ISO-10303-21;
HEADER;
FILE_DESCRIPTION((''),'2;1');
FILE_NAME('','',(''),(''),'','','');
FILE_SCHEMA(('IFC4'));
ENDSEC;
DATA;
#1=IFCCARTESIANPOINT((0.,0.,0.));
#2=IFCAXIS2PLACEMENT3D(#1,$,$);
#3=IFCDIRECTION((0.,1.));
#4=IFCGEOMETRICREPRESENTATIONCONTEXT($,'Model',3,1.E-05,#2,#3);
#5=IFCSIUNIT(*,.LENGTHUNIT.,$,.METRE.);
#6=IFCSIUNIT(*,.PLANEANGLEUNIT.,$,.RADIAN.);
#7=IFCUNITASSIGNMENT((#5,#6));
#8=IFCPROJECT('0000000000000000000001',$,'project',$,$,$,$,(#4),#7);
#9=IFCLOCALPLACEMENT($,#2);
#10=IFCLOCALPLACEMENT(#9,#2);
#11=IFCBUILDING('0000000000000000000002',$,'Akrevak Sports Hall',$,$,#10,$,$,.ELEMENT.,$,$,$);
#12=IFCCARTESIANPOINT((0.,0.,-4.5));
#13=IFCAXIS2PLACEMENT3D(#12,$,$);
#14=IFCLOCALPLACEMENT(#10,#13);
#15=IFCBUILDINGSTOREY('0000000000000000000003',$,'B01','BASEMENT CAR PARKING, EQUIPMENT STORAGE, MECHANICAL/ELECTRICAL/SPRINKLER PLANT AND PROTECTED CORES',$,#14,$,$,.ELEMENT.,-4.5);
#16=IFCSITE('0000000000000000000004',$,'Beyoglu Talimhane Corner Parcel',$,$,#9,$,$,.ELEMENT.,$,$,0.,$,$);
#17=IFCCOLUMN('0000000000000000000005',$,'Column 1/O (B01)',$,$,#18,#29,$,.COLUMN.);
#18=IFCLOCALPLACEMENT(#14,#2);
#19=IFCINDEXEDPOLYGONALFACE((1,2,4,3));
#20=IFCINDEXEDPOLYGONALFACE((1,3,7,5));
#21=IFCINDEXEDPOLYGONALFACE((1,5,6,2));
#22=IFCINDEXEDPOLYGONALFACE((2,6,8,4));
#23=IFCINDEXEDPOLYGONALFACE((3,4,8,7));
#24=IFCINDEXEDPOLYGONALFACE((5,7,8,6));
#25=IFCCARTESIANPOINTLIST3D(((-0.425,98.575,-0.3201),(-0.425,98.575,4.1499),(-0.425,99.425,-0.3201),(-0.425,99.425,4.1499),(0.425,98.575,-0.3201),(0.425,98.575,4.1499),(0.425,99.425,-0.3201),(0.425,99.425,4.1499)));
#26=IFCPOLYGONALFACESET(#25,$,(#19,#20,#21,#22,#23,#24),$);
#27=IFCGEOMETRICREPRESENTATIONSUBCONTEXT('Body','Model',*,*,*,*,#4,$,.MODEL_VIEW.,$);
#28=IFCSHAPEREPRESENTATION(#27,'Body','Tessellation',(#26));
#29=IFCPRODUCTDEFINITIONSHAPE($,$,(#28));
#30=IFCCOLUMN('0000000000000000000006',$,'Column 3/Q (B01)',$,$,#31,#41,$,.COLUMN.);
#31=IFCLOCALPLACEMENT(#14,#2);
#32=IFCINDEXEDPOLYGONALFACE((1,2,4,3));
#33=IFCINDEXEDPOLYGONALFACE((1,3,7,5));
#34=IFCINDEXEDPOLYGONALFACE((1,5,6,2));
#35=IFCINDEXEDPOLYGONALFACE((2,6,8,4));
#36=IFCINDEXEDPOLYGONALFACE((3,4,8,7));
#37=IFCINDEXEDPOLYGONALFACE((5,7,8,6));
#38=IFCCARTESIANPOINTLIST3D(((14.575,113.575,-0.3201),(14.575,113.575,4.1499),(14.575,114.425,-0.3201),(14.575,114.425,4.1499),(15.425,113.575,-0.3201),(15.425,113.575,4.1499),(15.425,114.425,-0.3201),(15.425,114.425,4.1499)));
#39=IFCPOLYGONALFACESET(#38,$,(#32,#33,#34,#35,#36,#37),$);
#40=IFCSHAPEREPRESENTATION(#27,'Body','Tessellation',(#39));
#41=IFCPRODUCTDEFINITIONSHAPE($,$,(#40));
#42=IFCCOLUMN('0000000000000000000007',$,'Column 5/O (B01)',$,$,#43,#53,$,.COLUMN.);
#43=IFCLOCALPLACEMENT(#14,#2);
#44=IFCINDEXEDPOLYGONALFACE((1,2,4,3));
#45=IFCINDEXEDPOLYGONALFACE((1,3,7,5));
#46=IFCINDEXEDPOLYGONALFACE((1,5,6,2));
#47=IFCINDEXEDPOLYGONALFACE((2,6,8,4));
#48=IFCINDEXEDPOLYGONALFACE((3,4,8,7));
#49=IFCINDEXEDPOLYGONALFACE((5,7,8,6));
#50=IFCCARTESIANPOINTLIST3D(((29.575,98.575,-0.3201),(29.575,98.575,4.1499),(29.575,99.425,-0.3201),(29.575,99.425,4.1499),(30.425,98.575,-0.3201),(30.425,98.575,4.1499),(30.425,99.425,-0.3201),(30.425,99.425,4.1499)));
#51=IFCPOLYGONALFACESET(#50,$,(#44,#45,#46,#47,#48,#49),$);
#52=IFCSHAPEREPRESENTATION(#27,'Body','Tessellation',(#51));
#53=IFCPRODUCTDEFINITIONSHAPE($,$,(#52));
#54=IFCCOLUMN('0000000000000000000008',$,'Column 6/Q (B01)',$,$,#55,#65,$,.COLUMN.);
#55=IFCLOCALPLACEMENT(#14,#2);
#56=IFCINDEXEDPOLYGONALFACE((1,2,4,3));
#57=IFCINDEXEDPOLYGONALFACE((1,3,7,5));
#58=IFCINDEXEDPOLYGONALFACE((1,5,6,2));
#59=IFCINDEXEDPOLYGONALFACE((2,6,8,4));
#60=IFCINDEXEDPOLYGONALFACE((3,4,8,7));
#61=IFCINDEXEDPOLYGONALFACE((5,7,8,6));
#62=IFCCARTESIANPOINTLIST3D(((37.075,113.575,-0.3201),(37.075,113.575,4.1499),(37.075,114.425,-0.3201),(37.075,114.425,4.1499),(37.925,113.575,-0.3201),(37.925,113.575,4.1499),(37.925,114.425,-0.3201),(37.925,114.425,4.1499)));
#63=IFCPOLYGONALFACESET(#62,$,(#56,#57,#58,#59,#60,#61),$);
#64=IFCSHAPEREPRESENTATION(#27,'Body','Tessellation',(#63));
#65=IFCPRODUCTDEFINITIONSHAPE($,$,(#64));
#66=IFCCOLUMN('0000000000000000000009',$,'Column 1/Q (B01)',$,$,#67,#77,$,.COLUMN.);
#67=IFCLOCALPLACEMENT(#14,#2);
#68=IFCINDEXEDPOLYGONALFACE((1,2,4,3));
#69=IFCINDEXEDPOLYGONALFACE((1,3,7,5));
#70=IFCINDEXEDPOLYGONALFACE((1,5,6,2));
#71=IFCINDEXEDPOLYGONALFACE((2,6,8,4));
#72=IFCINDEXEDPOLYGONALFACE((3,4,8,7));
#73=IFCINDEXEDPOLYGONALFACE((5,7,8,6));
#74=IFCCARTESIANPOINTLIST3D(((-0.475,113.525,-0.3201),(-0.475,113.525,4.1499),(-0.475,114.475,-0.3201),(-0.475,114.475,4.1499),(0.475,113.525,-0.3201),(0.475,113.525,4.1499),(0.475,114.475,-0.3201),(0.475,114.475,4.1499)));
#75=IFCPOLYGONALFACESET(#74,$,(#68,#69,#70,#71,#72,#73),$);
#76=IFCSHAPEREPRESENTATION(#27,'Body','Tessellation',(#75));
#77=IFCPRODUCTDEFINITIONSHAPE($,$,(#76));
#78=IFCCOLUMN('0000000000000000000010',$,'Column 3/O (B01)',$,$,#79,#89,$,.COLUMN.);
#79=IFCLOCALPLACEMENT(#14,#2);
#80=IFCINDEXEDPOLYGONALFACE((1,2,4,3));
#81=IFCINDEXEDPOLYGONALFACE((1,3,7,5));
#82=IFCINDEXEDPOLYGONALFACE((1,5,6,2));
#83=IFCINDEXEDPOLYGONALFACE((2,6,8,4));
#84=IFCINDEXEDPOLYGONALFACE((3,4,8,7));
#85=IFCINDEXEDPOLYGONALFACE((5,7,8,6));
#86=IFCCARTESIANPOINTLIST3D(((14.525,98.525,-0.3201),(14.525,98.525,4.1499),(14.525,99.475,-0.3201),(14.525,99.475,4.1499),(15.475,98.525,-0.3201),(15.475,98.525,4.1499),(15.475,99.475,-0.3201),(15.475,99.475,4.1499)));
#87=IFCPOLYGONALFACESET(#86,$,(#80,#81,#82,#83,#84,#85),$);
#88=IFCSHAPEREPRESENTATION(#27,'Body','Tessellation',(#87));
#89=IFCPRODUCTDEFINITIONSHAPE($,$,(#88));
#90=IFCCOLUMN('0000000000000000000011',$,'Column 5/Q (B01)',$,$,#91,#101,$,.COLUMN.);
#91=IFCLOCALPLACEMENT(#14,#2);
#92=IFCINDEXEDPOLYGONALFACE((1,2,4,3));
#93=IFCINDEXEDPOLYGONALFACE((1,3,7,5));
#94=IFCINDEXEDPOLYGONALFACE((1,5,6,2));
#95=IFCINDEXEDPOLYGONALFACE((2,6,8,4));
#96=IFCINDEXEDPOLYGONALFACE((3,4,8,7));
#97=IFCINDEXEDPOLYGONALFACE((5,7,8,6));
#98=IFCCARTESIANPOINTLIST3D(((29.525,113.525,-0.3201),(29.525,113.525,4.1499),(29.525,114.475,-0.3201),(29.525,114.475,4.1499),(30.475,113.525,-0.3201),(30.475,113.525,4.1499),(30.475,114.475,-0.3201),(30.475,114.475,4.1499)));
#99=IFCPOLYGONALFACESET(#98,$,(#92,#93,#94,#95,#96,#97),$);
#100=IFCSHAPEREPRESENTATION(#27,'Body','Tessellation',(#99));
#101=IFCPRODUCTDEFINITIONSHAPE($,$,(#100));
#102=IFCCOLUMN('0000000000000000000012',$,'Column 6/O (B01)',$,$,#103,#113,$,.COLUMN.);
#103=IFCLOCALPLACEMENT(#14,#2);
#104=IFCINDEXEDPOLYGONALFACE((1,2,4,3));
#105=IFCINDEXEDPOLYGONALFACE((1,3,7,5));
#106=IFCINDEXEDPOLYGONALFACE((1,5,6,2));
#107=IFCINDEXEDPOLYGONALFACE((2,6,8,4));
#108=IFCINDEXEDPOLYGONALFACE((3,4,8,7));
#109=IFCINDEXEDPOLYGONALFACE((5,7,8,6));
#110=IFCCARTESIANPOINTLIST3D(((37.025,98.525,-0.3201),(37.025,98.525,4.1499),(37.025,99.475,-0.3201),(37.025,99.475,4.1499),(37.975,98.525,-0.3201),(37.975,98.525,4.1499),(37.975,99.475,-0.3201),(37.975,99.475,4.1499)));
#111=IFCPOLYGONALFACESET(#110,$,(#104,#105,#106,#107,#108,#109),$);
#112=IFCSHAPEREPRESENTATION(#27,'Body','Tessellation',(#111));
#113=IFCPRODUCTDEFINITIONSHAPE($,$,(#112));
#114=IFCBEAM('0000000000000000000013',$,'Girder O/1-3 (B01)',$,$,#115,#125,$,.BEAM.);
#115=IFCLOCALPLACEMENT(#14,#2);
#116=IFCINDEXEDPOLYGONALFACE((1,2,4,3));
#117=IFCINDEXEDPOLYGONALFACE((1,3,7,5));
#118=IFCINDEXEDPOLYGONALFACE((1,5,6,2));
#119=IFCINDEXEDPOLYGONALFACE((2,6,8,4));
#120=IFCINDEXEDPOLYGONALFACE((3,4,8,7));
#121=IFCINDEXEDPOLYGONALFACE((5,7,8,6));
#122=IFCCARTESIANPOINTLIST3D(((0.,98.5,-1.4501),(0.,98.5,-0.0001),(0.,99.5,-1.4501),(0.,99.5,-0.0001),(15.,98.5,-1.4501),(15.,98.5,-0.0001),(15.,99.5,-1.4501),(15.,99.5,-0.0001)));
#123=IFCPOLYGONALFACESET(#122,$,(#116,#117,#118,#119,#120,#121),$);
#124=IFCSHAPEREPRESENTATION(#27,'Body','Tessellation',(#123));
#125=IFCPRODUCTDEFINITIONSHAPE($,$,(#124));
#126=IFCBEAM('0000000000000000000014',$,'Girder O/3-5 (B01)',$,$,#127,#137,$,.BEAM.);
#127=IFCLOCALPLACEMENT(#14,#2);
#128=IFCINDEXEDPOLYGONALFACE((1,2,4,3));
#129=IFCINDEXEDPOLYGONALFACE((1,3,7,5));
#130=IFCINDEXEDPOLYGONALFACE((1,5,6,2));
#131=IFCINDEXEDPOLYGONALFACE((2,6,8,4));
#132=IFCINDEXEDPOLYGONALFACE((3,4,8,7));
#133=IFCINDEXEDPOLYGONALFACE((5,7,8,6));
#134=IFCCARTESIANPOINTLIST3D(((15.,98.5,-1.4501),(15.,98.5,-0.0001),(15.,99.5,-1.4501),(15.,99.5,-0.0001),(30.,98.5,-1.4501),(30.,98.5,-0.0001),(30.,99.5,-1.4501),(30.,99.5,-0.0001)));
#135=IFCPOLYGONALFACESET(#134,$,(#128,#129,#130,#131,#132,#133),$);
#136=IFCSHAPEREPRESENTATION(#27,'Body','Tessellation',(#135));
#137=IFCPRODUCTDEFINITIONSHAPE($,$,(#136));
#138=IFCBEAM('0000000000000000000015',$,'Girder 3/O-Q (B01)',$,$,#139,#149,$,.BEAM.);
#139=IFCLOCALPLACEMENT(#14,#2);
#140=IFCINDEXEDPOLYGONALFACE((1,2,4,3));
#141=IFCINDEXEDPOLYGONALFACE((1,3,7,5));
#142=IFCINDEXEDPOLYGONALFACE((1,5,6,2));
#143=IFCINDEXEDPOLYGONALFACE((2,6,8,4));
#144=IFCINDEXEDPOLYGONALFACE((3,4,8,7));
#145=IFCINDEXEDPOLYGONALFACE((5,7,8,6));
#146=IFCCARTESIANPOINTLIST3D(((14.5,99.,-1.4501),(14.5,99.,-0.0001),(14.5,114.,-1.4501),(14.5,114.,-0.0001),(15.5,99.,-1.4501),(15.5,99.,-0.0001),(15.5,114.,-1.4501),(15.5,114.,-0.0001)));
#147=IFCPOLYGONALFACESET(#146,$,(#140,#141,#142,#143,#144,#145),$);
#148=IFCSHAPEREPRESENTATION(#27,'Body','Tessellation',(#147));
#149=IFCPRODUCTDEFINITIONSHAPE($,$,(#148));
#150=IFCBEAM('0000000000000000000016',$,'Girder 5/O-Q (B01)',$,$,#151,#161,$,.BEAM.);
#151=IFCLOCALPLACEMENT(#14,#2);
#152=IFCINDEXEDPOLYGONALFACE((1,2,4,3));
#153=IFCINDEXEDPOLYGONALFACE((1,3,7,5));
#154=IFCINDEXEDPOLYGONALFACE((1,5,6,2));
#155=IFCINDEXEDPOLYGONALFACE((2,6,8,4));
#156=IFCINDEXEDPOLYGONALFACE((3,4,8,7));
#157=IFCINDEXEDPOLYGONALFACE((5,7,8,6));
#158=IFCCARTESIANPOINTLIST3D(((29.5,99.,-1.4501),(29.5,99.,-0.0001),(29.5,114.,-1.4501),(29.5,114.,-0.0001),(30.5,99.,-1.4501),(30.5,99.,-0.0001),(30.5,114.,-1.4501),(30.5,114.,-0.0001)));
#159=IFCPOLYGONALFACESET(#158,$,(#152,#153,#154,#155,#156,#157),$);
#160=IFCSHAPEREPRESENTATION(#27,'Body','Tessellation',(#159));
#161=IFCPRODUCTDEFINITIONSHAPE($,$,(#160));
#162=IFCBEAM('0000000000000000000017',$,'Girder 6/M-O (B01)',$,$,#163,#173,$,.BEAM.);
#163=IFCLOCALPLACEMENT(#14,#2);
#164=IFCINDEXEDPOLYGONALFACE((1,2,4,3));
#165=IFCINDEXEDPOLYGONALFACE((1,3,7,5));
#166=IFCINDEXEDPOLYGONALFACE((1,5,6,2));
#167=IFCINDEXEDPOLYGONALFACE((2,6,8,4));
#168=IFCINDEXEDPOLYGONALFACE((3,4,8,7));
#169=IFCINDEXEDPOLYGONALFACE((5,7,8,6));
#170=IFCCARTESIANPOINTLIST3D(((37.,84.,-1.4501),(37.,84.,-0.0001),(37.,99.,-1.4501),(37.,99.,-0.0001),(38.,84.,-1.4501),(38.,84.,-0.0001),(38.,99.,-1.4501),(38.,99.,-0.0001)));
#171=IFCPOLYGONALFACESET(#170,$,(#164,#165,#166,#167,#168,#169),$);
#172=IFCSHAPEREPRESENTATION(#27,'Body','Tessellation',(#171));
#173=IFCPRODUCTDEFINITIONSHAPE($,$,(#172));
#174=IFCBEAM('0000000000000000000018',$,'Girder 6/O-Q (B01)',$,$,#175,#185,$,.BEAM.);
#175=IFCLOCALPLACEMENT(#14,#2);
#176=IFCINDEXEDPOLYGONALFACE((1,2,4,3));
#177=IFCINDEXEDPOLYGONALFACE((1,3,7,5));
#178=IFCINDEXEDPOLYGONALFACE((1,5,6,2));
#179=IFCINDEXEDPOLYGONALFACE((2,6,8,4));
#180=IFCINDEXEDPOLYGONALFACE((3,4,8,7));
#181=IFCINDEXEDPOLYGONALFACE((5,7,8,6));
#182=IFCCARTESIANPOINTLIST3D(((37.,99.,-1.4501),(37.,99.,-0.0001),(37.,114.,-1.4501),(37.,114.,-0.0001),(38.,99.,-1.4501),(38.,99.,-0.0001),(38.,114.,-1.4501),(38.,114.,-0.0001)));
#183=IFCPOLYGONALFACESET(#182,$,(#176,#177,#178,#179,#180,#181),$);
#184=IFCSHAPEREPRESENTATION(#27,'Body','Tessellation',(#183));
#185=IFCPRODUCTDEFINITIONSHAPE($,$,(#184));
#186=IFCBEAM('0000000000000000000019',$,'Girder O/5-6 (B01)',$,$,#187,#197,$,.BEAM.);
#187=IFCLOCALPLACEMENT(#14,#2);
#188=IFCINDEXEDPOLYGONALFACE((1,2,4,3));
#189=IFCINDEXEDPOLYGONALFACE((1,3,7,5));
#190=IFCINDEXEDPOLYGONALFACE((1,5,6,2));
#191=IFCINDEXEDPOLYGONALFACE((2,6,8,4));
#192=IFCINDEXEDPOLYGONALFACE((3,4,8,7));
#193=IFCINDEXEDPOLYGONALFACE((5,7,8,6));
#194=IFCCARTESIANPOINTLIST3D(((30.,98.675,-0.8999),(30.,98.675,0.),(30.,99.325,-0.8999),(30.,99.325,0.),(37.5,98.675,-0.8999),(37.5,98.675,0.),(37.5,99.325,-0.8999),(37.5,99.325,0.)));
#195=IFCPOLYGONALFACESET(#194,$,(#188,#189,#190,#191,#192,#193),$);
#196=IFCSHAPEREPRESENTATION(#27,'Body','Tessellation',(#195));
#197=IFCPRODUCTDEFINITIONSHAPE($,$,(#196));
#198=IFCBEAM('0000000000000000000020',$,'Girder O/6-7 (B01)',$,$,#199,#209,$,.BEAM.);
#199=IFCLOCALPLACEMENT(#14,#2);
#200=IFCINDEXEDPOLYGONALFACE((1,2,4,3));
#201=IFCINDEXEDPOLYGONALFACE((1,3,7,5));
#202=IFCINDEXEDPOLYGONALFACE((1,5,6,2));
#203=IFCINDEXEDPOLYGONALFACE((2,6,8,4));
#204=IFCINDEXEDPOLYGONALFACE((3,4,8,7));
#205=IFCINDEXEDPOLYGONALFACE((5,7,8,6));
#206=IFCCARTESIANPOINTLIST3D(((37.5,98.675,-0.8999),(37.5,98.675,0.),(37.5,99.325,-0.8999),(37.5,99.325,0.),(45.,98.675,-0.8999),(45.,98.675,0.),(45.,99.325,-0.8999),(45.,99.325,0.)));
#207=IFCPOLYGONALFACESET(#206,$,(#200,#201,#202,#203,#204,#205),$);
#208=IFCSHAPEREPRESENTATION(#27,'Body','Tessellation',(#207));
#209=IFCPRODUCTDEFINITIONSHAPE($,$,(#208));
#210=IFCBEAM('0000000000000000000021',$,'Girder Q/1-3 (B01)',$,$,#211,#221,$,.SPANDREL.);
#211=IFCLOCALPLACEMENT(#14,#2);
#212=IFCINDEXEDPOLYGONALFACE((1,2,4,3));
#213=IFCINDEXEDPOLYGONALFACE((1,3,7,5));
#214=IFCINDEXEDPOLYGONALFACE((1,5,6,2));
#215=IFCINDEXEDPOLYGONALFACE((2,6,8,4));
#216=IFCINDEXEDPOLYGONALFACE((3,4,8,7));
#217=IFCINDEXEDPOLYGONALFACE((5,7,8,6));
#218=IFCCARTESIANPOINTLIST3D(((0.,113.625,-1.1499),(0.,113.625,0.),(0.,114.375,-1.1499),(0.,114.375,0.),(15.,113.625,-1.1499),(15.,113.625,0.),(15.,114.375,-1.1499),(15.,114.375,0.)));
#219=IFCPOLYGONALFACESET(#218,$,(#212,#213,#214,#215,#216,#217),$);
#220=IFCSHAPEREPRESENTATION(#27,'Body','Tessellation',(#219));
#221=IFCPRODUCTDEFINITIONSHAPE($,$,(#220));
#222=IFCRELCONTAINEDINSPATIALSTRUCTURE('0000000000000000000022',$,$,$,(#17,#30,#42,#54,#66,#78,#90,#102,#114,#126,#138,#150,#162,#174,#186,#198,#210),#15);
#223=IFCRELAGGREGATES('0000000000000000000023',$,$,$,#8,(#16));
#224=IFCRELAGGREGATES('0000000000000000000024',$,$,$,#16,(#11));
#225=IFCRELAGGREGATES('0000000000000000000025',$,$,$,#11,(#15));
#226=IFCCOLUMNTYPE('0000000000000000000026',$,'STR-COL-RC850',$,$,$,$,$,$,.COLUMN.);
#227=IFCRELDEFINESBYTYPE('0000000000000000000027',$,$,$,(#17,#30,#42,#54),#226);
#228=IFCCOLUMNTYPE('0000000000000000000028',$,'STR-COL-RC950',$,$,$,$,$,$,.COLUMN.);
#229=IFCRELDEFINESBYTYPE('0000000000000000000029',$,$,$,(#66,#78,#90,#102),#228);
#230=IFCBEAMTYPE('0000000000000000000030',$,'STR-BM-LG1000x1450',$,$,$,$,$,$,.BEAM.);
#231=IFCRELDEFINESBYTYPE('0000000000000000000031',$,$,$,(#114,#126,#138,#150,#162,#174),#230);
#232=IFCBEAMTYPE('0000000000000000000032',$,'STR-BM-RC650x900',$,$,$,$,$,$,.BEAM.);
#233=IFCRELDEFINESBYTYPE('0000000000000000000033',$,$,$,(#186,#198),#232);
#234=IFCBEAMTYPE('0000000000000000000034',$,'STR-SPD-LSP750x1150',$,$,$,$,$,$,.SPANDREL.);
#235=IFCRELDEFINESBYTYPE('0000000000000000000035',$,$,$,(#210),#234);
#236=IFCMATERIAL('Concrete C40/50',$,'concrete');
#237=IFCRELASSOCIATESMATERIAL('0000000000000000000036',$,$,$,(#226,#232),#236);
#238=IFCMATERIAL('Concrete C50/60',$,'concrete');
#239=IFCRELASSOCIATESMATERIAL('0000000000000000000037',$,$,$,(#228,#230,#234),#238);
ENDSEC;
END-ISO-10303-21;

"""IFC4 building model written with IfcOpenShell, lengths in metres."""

from ifc_helpers import new_model, si_unit, direction, frame, origin, origin_2d, place, context, subcontext, project, spatial, rectangle, extrude, material, material_profile, profile_set, type_object, element, save


model = new_model("IFC4")

# Units and contexts
model_context = context("Model", 3, precision=1e-05, world=origin(), true_north=direction((0.0, 1.0)))
body_context = subcontext(model_context, "Body", "Model", "MODEL_VIEW")
ifc_project = project(units=[si_unit("LENGTHUNIT", "METRE"), si_unit("PLANEANGLEUNIT", "RADIAN")], contexts=[model_context])

# Site, building, storey
site_placement = place(None, origin())
site = spatial("IfcSite", under=ifc_project, at=site_placement, Name="Beyoglu Talimhane Corner Parcel", CompositionType="ELEMENT", RefElevation=0.0)
building_placement = place(site_placement, origin())
building = spatial("IfcBuilding", under=site, at=building_placement, Name="Akrevak Sports Hall", CompositionType="ELEMENT")
storey_placement = place(building_placement, frame((0.0, 0.0, -4.5)))
storey = spatial("IfcBuildingStorey", under=building, at=storey_placement, Name="B01", Description="BASEMENT CAR PARKING, EQUIPMENT STORAGE, MECHANICAL/ELECTRICAL/SPRINKLER PLANT AND PROTECTED CORES", CompositionType="ELEMENT", Elevation=-4.5)

# Columns
ifc_material_1 = material(Name="Concrete C40/50", Category="concrete")
ifc_material_profile_1 = material_profile(ifc_material_1, rectangle(XDim=0.8501, YDim=0.8501, at=origin_2d()), Name="RC 850x850", Category="concrete")
ifc_profile_set_1 = profile_set([ifc_material_profile_1], Name="Concrete C40/50")
column_type_1 = type_object("IfcColumnType", Name="STR-COL-RC850", PredefinedType="COLUMN", material=ifc_profile_set_1)
for number, where, z_axis, x_axis, name in (
    (1, (0.0, 99.0, -0.3201), (0.0, 0.0, 1.0), (1.0, 0.0, 0.0), "Column 1/O (B01)"),
    (2, (15.0, 114.0, -0.3201), (0.0, 0.0, 1.0), (1.0, 0.0, 0.0), "Column 3/Q (B01)"),
    (3, (30.0, 99.0, -0.3201), (0.0, 0.0, 1.0), (1.0, 0.0, 0.0), "Column 5/O (B01)"),
    (4, (37.5, 114.0, -0.3201), (0.0, 0.0, 1.0), (1.0, 0.0, 0.0), "Column 6/Q (B01)"),
):
    element("IfcColumn", number, at=place(storey_placement, frame(where, z_axis=z_axis, x_axis=x_axis)), inside=storey, type_object=column_type_1, Name=name, PredefinedType="COLUMN", context=body_context, shape_type="SweptSolid", body=[
        extrude(rectangle(XDim=0.8501, YDim=0.8501, at=origin_2d()), origin(), (0.0, 0.0, 1.0), 4.47),
    ])
ifc_material_2 = material(Name="Concrete C50/60", Category="concrete")
ifc_material_profile_2 = material_profile(ifc_material_2, rectangle(XDim=0.95, YDim=0.95, at=origin_2d()), Name="RC 950x950", Category="concrete")
ifc_profile_set_2 = profile_set([ifc_material_profile_2], Name="Concrete C50/60")
column_type_2 = type_object("IfcColumnType", Name="STR-COL-RC950", PredefinedType="COLUMN", material=ifc_profile_set_2)
for number, where, z_axis, x_axis, name in (
    (5, (0.0, 114.0, -0.3201), (0.0, 0.0, 1.0), (1.0, 0.0, 0.0), "Column 1/Q (B01)"),
    (6, (15.0, 99.0, -0.3201), (0.0, 0.0, 1.0), (1.0, 0.0, 0.0), "Column 3/O (B01)"),
    (7, (30.0, 114.0, -0.3201), (0.0, 0.0, 1.0), (1.0, 0.0, 0.0), "Column 5/Q (B01)"),
    (8, (37.5, 99.0, -0.3201), (0.0, 0.0, 1.0), (1.0, 0.0, 0.0), "Column 6/O (B01)"),
):
    element("IfcColumn", number, at=place(storey_placement, frame(where, z_axis=z_axis, x_axis=x_axis)), inside=storey, type_object=column_type_2, Name=name, PredefinedType="COLUMN", context=body_context, shape_type="SweptSolid", body=[
        extrude(rectangle(XDim=0.95, YDim=0.95, at=origin_2d()), origin(), (0.0, 0.0, 1.0), 4.47),
    ])

# Beams
ifc_material_profile_3 = material_profile(ifc_material_2, rectangle(XDim=1.0, YDim=1.45, at=origin_2d()), Name="BM 1000x1450", Category="concrete")
ifc_profile_set_3 = profile_set([ifc_material_profile_3], Name="Concrete C50/60")
beam_type_1 = type_object("IfcBeamType", Name="STR-BM-LG1000x1450", PredefinedType="BEAM", material=ifc_profile_set_3)
for number, where, z_axis, x_axis, name in (
    (9, (0.0, 99.0, -0.7251), (1.0, 0.0, 0.0), (0.0, 1.0, 0.0), "Girder O/1-3 (B01)"),
    (10, (15.0, 99.0, -0.7251), (1.0, 0.0, 0.0), (0.0, 1.0, 0.0), "Girder O/3-5 (B01)"),
    (11, (15.0, 99.0, -0.7251), (0.0, 1.0, 0.0), (-1.0, 0.0, 0.0), "Girder 3/O-Q (B01)"),
    (12, (30.0, 99.0, -0.7251), (0.0, 1.0, 0.0), (-1.0, 0.0, 0.0), "Girder 5/O-Q (B01)"),
    (13, (37.5, 84.0, -0.7251), (0.0, 1.0, 0.0), (-1.0, 0.0, 0.0), "Girder 6/M-O (B01)"),
    (14, (37.5, 99.0, -0.7251), (0.0, 1.0, 0.0), (-1.0, 0.0, 0.0), "Girder 6/O-Q (B01)"),
):
    element("IfcBeam", number, at=place(storey_placement, frame(where, z_axis=z_axis, x_axis=x_axis)), inside=storey, type_object=beam_type_1, Name=name, PredefinedType="BEAM", context=body_context, shape_type="SweptSolid", body=[
        extrude(rectangle(XDim=1.0, YDim=1.45, at=origin_2d()), origin(), (0.0, 0.0, 1.0), 15.0),
    ])
ifc_material_profile_4 = material_profile(ifc_material_1, rectangle(XDim=0.6499, YDim=0.8999, at=origin_2d()), Name="BM 650x900", Category="concrete")
ifc_profile_set_4 = profile_set([ifc_material_profile_4], Name="Concrete C40/50")
beam_type_2 = type_object("IfcBeamType", Name="STR-BM-RC650x900", PredefinedType="BEAM", material=ifc_profile_set_4)
for number, where, z_axis, x_axis, name in (
    (15, (30.0, 99.0, -0.45), (1.0, 0.0, 0.0), (0.0, 1.0, 0.0), "Girder O/5-6 (B01)"),
    (16, (37.5, 99.0, -0.45), (1.0, 0.0, 0.0), (0.0, 1.0, 0.0), "Girder O/6-7 (B01)"),
):
    element("IfcBeam", number, at=place(storey_placement, frame(where, z_axis=z_axis, x_axis=x_axis)), inside=storey, type_object=beam_type_2, Name=name, PredefinedType="BEAM", context=body_context, shape_type="SweptSolid", body=[
        extrude(rectangle(XDim=0.6499, YDim=0.8999, at=origin_2d()), origin(), (0.0, 0.0, 1.0), 7.5),
    ])
ifc_material_profile_5 = material_profile(ifc_material_2, rectangle(XDim=0.75, YDim=1.1499, at=origin_2d()), Name="SPD 750x1150", Category="concrete")
ifc_profile_set_5 = profile_set([ifc_material_profile_5], Name="Concrete C50/60")
beam_type_3 = type_object("IfcBeamType", Name="STR-SPD-LSP750x1150", PredefinedType="SPANDREL", material=ifc_profile_set_5)
for number, where, z_axis, x_axis, name in (
    (17, (0.0, 114.0, -0.575), (1.0, 0.0, 0.0), (0.0, 1.0, 0.0), "Girder Q/1-3 (B01)"),
):
    element("IfcBeam", number, at=place(storey_placement, frame(where, z_axis=z_axis, x_axis=x_axis)), inside=storey, type_object=beam_type_3, Name=name, PredefinedType="SPANDREL", context=body_context, shape_type="SweptSolid", body=[
        extrude(rectangle(XDim=0.75, YDim=1.1499, at=origin_2d()), origin(), (0.0, 0.0, 1.0), 15.0),
    ])

save(model, "model.ifc")
